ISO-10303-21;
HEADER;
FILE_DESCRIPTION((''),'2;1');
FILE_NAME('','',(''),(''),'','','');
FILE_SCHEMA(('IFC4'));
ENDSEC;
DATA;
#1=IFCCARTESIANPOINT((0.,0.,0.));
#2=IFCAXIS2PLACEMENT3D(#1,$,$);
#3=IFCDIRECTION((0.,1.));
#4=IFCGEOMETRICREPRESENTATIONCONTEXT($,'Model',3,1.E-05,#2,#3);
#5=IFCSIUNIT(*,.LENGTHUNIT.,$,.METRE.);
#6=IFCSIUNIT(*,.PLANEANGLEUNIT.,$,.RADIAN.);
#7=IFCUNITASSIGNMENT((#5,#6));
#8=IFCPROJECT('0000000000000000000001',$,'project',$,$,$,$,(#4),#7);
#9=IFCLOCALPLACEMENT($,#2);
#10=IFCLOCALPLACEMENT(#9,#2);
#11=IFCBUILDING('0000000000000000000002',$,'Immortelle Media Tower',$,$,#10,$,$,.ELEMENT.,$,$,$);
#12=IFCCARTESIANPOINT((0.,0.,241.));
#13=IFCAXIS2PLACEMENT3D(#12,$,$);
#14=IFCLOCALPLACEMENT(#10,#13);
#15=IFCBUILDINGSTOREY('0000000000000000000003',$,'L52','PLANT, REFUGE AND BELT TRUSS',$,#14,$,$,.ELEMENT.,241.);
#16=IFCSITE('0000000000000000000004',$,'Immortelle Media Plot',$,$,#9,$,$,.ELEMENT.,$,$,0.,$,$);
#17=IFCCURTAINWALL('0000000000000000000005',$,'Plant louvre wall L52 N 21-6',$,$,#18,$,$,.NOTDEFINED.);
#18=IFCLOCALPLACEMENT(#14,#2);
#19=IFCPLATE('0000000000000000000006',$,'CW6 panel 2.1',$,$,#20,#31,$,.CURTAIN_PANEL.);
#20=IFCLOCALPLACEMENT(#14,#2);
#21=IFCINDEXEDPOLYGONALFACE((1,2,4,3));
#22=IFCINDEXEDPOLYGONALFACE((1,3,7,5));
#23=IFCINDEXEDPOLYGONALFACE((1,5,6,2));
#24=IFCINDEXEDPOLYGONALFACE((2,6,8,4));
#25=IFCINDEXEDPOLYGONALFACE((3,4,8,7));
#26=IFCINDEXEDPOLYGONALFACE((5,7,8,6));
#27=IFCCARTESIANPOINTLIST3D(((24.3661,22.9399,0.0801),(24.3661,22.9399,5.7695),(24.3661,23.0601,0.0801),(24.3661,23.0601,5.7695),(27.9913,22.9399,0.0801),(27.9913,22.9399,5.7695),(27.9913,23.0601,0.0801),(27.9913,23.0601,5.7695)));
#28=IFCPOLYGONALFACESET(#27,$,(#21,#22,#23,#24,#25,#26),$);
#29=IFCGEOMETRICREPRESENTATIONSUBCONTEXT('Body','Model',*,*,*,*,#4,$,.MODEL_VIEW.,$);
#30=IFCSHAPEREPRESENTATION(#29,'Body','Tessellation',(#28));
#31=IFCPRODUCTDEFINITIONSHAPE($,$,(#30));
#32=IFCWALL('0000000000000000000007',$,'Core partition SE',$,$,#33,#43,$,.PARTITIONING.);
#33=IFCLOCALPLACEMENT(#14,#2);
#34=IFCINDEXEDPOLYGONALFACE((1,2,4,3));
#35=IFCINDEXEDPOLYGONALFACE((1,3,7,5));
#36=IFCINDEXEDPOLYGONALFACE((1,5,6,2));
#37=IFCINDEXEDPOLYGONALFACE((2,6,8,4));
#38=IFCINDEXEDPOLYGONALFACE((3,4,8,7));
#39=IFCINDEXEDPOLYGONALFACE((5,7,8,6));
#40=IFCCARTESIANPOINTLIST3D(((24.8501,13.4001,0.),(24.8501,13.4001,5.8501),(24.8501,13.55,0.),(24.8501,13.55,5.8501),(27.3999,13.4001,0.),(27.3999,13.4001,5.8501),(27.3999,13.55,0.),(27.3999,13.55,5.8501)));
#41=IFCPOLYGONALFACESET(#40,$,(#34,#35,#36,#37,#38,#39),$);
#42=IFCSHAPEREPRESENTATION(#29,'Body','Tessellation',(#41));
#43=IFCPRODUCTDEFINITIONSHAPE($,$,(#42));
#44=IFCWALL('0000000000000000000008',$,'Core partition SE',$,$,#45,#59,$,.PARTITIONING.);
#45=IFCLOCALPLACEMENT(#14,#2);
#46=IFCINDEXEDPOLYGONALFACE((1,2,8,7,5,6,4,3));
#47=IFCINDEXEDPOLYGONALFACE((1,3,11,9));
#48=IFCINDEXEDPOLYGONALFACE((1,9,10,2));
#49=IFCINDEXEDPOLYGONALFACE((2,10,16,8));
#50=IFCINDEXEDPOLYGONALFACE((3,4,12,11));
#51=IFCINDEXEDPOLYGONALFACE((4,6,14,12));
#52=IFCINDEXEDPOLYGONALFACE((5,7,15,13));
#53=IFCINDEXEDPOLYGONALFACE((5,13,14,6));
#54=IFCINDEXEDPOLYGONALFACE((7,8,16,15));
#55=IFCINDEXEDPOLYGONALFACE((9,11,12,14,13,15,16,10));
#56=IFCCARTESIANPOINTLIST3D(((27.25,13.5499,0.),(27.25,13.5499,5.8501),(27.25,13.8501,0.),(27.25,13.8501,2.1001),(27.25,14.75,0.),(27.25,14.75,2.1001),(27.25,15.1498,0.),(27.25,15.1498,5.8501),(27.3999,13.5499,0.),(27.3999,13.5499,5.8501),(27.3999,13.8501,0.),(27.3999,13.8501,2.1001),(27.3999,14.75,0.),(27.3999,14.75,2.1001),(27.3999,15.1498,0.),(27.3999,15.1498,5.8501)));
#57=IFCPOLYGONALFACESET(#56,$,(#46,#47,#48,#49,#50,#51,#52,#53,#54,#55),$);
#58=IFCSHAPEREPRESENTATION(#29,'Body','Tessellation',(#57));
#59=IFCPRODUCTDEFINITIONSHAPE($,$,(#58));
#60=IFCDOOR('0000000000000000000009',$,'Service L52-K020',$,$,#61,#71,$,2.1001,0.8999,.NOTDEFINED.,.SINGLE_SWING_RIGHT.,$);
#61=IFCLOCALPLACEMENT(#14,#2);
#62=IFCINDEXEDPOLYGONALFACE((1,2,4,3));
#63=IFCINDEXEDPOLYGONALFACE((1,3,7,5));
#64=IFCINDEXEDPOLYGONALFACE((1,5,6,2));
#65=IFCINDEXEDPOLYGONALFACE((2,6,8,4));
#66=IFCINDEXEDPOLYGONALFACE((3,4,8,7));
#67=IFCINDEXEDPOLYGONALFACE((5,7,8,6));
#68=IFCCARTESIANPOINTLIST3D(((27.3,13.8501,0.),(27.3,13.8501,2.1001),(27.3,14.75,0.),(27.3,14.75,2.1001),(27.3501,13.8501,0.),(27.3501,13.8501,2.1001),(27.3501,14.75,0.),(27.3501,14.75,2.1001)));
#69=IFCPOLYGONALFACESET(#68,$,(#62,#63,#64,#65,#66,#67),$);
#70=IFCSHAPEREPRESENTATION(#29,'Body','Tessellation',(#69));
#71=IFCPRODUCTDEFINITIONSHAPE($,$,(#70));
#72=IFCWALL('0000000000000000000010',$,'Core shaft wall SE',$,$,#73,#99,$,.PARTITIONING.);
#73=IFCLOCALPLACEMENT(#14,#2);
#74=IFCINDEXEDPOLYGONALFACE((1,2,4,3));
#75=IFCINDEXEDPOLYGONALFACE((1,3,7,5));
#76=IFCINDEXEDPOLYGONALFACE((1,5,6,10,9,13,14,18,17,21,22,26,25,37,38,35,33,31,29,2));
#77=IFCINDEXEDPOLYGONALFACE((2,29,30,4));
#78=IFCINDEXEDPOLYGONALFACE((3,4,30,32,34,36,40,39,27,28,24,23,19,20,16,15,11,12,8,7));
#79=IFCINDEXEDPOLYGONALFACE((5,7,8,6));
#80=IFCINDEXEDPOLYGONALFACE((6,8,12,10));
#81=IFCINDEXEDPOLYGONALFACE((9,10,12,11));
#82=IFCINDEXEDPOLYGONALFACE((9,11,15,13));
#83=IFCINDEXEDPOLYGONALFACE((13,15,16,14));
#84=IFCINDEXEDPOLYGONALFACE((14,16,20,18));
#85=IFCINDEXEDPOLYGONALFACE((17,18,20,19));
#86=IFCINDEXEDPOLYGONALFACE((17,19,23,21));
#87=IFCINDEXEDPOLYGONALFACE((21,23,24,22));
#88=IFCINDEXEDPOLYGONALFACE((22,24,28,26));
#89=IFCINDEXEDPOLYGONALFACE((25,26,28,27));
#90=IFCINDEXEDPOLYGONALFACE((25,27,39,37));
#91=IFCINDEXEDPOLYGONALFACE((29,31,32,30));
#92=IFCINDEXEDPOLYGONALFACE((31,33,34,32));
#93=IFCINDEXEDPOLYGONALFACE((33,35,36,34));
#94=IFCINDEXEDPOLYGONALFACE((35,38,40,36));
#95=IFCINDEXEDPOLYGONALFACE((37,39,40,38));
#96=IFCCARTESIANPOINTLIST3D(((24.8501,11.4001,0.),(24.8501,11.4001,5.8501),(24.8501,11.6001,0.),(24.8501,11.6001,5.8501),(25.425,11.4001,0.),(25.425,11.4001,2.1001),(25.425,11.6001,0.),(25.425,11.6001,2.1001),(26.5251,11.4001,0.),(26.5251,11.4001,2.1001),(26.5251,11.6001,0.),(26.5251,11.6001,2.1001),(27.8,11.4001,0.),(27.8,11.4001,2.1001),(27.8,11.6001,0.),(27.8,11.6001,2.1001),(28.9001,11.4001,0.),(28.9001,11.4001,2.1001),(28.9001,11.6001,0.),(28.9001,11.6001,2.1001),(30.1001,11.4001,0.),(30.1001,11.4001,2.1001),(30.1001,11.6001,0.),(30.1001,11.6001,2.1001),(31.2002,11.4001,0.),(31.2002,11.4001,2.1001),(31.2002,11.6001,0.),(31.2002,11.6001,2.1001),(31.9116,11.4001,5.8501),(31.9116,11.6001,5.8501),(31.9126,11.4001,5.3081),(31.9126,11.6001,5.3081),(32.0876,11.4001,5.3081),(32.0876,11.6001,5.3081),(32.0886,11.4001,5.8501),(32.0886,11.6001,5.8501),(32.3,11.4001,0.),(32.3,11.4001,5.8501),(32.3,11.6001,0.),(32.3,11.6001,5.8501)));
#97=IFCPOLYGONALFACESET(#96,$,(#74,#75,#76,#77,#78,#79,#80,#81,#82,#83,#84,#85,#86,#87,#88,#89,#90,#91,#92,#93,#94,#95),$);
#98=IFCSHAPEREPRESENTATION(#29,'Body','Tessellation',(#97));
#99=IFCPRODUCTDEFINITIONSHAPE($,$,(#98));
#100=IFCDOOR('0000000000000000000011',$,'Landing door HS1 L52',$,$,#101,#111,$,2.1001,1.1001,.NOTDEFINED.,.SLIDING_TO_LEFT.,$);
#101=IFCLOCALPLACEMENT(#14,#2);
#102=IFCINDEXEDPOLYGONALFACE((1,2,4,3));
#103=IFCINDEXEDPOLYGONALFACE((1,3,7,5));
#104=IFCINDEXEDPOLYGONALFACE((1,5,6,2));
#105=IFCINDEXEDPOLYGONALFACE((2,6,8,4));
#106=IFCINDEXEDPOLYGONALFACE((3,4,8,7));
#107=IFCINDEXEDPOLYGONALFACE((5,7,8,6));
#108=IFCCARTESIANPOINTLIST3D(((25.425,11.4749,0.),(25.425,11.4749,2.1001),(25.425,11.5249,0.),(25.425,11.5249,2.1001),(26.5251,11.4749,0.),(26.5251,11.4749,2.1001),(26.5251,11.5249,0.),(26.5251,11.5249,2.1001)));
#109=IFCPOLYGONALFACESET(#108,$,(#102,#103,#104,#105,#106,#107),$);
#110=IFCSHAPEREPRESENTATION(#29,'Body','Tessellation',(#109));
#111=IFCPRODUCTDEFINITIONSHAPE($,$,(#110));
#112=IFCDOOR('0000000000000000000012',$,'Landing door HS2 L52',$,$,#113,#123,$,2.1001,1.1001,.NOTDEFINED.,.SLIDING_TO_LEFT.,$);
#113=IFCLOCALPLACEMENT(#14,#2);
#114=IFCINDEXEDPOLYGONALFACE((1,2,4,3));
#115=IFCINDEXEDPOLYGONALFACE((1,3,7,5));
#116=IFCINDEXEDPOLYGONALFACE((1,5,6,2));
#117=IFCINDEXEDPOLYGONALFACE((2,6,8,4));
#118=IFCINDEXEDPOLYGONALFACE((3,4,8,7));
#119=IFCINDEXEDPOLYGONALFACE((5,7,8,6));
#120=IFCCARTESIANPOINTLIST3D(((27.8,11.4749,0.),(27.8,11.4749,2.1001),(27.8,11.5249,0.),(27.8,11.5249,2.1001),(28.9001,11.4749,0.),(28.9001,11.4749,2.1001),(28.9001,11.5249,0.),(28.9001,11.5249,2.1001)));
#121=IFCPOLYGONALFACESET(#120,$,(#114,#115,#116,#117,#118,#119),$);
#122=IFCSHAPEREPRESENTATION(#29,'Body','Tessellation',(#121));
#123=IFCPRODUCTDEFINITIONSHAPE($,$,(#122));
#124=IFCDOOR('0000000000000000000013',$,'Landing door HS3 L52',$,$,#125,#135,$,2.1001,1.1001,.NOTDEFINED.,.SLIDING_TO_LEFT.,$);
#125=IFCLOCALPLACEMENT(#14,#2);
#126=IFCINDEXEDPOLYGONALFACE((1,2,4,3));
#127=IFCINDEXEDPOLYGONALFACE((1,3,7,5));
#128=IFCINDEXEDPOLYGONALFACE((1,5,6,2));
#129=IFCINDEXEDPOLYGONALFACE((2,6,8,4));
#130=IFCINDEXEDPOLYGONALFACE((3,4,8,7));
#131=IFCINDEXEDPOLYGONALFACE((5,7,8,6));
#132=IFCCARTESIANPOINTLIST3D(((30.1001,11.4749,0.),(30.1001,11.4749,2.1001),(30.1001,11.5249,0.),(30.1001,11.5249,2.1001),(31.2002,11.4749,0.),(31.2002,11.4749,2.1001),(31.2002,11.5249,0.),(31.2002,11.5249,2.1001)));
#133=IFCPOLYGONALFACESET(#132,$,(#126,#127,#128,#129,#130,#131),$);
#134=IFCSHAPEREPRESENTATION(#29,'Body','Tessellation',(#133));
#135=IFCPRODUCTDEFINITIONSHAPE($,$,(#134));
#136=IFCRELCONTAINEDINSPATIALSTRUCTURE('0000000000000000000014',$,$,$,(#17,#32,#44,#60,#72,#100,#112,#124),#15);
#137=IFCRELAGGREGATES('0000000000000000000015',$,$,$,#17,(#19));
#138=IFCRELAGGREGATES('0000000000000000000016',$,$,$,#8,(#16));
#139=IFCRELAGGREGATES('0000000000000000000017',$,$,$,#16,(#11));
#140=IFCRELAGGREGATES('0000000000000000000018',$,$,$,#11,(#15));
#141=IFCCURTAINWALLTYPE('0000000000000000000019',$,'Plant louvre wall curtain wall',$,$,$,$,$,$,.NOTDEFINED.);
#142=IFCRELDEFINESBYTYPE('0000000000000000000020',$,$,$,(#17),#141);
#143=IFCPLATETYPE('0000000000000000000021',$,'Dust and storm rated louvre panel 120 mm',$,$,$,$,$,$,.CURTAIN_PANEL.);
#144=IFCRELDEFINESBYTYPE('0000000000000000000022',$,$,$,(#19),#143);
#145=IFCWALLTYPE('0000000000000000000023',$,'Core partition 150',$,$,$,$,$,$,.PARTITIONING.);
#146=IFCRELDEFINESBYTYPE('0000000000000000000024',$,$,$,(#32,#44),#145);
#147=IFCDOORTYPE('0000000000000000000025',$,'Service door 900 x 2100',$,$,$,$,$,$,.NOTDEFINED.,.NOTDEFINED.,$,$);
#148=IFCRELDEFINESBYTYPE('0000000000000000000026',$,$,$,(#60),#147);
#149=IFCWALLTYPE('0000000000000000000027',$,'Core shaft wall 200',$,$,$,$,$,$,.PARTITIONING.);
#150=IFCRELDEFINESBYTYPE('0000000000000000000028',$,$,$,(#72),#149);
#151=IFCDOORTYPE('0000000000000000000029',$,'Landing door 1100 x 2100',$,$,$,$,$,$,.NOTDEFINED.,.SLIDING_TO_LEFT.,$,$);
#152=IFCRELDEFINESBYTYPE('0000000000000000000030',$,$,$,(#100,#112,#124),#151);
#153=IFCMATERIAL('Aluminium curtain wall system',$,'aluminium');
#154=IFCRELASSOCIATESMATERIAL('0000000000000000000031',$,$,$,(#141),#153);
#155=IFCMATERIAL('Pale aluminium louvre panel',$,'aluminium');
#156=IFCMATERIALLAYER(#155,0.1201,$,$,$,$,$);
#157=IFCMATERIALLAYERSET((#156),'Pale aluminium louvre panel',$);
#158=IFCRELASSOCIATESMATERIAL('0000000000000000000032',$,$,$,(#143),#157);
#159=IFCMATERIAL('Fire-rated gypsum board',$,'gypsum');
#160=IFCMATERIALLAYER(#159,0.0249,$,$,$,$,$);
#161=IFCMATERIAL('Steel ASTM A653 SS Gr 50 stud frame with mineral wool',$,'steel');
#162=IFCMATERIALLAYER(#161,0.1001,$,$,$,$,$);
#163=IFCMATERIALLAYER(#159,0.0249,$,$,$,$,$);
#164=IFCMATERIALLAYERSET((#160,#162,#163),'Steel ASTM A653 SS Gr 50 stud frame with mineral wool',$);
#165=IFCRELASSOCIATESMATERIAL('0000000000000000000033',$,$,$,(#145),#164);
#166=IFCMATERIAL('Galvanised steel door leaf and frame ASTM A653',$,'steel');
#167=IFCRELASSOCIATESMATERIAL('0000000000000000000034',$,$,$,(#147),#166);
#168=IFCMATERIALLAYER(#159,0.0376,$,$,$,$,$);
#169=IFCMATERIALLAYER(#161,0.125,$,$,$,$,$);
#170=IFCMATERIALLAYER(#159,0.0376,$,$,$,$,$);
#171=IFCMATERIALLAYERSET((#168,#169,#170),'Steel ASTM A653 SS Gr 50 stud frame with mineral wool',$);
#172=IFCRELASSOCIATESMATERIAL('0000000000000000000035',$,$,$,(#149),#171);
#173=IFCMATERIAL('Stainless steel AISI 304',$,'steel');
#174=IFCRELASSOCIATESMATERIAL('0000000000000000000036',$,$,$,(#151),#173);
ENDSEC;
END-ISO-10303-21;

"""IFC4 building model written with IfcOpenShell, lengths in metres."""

from ifc_helpers import new_model, si_unit, direction, frame, frame_2d, origin, origin_2d, place, context, subcontext, project, spatial, polyline, rectangle, outline, extrude, material, layer, layer_set, type_object, element, fill, aggregate, save


model = new_model("IFC4")

# Units and contexts
model_context = context("Model", 3, precision=1e-05, world=origin(), true_north=direction((0.0, 1.0)))
body_context = subcontext(model_context, "Body", "Model", "MODEL_VIEW")
ifc_project = project(units=[si_unit("LENGTHUNIT", "METRE"), si_unit("PLANEANGLEUNIT", "RADIAN")], contexts=[model_context])

# Site, building, storey
site_placement = place(None, origin())
site = spatial("IfcSite", under=ifc_project, at=site_placement, Name="Immortelle Media Plot", CompositionType="ELEMENT", RefElevation=0.0)
building_placement = place(site_placement, origin())
building = spatial("IfcBuilding", under=site, at=building_placement, Name="Immortelle Media Tower", CompositionType="ELEMENT")
storey_placement = place(building_placement, frame((0.0, 0.0, 241.0)))
storey = spatial("IfcBuildingStorey", under=building, at=storey_placement, Name="L52", Description="PLANT, REFUGE AND BELT TRUSS", CompositionType="ELEMENT", Elevation=241.0)

# Curtain wall
ifc_material_1 = material(Name="Aluminium curtain wall system", Category="aluminium")
curtain_wall_type = type_object("IfcCurtainWallType", Name="Plant louvre wall curtain wall", PredefinedType="NOTDEFINED", material=ifc_material_1)
curtain_wall_placement = place(storey_placement, origin())
curtain_wall = element("IfcCurtainWall", 1, at=curtain_wall_placement, inside=storey, type_object=curtain_wall_type, Name="Plant louvre wall L52 N 21-6", PredefinedType="NOTDEFINED")

# Plate
ifc_material_2 = material(Name="Pale aluminium louvre panel", Category="aluminium")
ifc_layer_1 = layer(ifc_material_2, 0.1201)
ifc_layer_set_1 = layer_set([ifc_layer_1], Name="Pale aluminium louvre panel")
plate_type = type_object("IfcPlateType", Name="Dust and storm rated louvre panel 120 mm", PredefinedType="CURTAIN_PANEL", material=ifc_layer_set_1)
plate_placement = place(storey_placement, frame((26.1787, 23.0, 0.0801), z_axis=(0.0, 0.0, 1.0), x_axis=(-1.0, 0.0, 0.0)))
plate = element("IfcPlate", 2, at=plate_placement, type_object=plate_type, Name="CW6 panel 2.1", PredefinedType="CURTAIN_PANEL", context=body_context, shape_type="SweptSolid", body=[
    extrude(rectangle(XDim=3.6252, YDim=0.1201, at=origin_2d()), origin(), (0.0, 0.0, 1.0), 5.6895),
])
aggregate(curtain_wall, [plate])

# Wall
ifc_material_3 = material(Name="Fire-rated gypsum board", Category="gypsum")
ifc_layer_2 = layer(ifc_material_3, 0.0249)
ifc_material_4 = material(Name="Steel ASTM A653 SS Gr 50 stud frame with mineral wool", Category="steel")
ifc_layer_3 = layer(ifc_material_4, 0.1001)
ifc_layer_4 = layer(ifc_material_3, 0.0249)
ifc_layer_set_2 = layer_set([ifc_layer_2, ifc_layer_3, ifc_layer_4], Name="Steel ASTM A653 SS Gr 50 stud frame with mineral wool")
wall_type_1 = type_object("IfcWallType", Name="Core partition 150", PredefinedType="PARTITIONING", material=ifc_layer_set_2)
wall_1_placement = place(storey_placement, frame((24.8501, 13.4751, 0.0), z_axis=(0.0, 0.0, 1.0), x_axis=(1.0, 0.0, 0.0)))
element("IfcWall", 3, at=wall_1_placement, inside=storey, type_object=wall_type_1, Name="Core partition SE", PredefinedType="PARTITIONING", context=body_context, shape_type="SweptSolid", body=[
    extrude(rectangle(XDim=2.5498, YDim=0.1499, at=frame_2d((1.2749, 0.0))), origin(), (0.0, 0.0, 1.0), 5.8501),
])

# Wall, opening, door
wall_2_placement = place(storey_placement, frame((27.325, 13.55, 0.0), z_axis=(0.0, 0.0, 1.0), x_axis=(0.0, 1.0, 0.0)))
wall_2 = element("IfcWall", 4, at=wall_2_placement, inside=storey, type_object=wall_type_1, Name="Core partition SE", PredefinedType="PARTITIONING", context=body_context, shape_type="SweptSolid", body=[
    extrude(rectangle(XDim=1.5999, YDim=0.1499, at=frame_2d((0.7998, 0.0))), origin(), (0.0, 0.0, 1.0), 5.8501),
])
opening_1_placement = place(wall_2_placement, frame((0.3, 0.0, 0.0)))
opening_1 = element("IfcOpeningElement", 5, at=opening_1_placement, cuts=wall_2, PredefinedType="OPENING", context=body_context, shape_type="SweptSolid", body=[
    extrude(rectangle(XDim=0.8999, YDim=2.1001, at=frame_2d((0.45, 1.05))), frame((0.0, 0.085, 0.0), z_axis=(0.0, -1.0, 0.0), x_axis=(1.0, 0.0, 0.0)), (0.0, 0.0, 1.0), 0.1699),
])
ifc_material_5 = material(Name="Galvanised steel door leaf and frame ASTM A653", Category="steel")
door_type_1 = type_object("IfcDoorType", Name="Service door 900 x 2100", OperationType="NOTDEFINED", PredefinedType="NOTDEFINED", material=ifc_material_5)
door_1_placement = place(opening_1_placement, origin())
door_1 = element("IfcDoor", 6, at=door_1_placement, inside=storey, type_object=door_type_1, Name="Service L52-K020", OperationType="SINGLE_SWING_RIGHT", OverallHeight=2.1001, OverallWidth=0.8999, PredefinedType="NOTDEFINED", context=body_context, shape_type="SweptSolid", body=[
    extrude(rectangle(XDim=0.8999, YDim=2.1001, at=frame_2d((0.45, 1.05))), frame((0.0, 0.0249, 0.0), z_axis=(0.0, -1.0, 0.0), x_axis=(1.0, 0.0, 0.0)), (0.0, 0.0, 1.0), 0.05),
])
fill(opening_1, door_1)

# Wall, openings, doors
ifc_layer_5 = layer(ifc_material_3, 0.0376)
ifc_layer_6 = layer(ifc_material_4, 0.125)
ifc_layer_7 = layer(ifc_material_3, 0.0376)
ifc_layer_set_3 = layer_set([ifc_layer_5, ifc_layer_6, ifc_layer_7], Name="Steel ASTM A653 SS Gr 50 stud frame with mineral wool")
wall_type_2 = type_object("IfcWallType", Name="Core shaft wall 200", PredefinedType="PARTITIONING", material=ifc_layer_set_3)
wall_3_placement = place(storey_placement, frame((24.8501, 11.5, 0.0), z_axis=(0.0, 0.0, 1.0), x_axis=(1.0, 0.0, 0.0)))
wall_3 = element("IfcWall", 7, at=wall_3_placement, inside=storey, type_object=wall_type_2, Name="Core shaft wall SE", PredefinedType="PARTITIONING", context=body_context, shape_type="SweptSolid", body=[
    extrude(outline(polyline([(0.0, 0.0), (7.45, 0.0), (7.45, 5.8501), (7.2385, 5.8501), (7.2375, 5.3081), (7.0625, 5.3081), (7.0615, 5.8501), (0.0, 5.8501), (0.0, 0.0)])), frame((0.0, 0.1001, 0.0), z_axis=(0.0, -1.0, 0.0), x_axis=(1.0, 0.0, 0.0)), (0.0, 0.0, 1.0), 0.2),
])
opening_2_placement = place(wall_3_placement, frame((0.575, 0.0, 0.0)))
opening_2 = element("IfcOpeningElement", 8, at=opening_2_placement, cuts=wall_3, PredefinedType="OPENING", context=body_context, shape_type="SweptSolid", body=[
    extrude(rectangle(XDim=1.1001, YDim=2.1001, at=frame_2d((0.55, 1.05))), frame((0.0, 0.1099, 0.0), z_axis=(0.0, -1.0, 0.0), x_axis=(1.0, 0.0, 0.0)), (0.0, 0.0, 1.0), 0.22),
])
opening_3_placement = place(wall_3_placement, frame((2.95, 0.0, 0.0)))
opening_3 = element("IfcOpeningElement", 9, at=opening_3_placement, cuts=wall_3, PredefinedType="OPENING", context=body_context, shape_type="SweptSolid", body=[
    extrude(rectangle(XDim=1.1001, YDim=2.1001, at=frame_2d((0.55, 1.05))), frame((0.0, 0.1099, 0.0), z_axis=(0.0, -1.0, 0.0), x_axis=(1.0, 0.0, 0.0)), (0.0, 0.0, 1.0), 0.22),
])
opening_4_placement = place(wall_3_placement, frame((5.25, 0.0, 0.0)))
opening_4 = element("IfcOpeningElement", 10, at=opening_4_placement, cuts=wall_3, PredefinedType="OPENING", context=body_context, shape_type="SweptSolid", body=[
    extrude(rectangle(XDim=1.1001, YDim=2.1001, at=frame_2d((0.55, 1.05))), frame((0.0, 0.1099, 0.0), z_axis=(0.0, -1.0, 0.0), x_axis=(1.0, 0.0, 0.0)), (0.0, 0.0, 1.0), 0.22),
])
ifc_material_6 = material(Name="Stainless steel AISI 304", Category="steel")
door_type_2 = type_object("IfcDoorType", Name="Landing door 1100 x 2100", OperationType="SLIDING_TO_LEFT", PredefinedType="NOTDEFINED", material=ifc_material_6)
door_2_placement = place(opening_2_placement, origin())
door_2 = element("IfcDoor", 11, at=door_2_placement, inside=storey, type_object=door_type_2, Name="Landing door HS1 L52", OperationType="SLIDING_TO_LEFT", OverallHeight=2.1001, OverallWidth=1.1001, PredefinedType="NOTDEFINED", context=body_context, shape_type="SweptSolid", body=[
    extrude(rectangle(XDim=1.1001, YDim=2.1001, at=frame_2d((0.55, 1.05))), frame((0.0, 0.0249, 0.0), z_axis=(0.0, -1.0, 0.0), x_axis=(1.0, 0.0, 0.0)), (0.0, 0.0, 1.0), 0.05),
])
fill(opening_2, door_2)
door_3_placement = place(opening_3_placement, origin())
door_3 = element("IfcDoor", 12, at=door_3_placement, inside=storey, type_object=door_type_2, Name="Landing door HS2 L52", OperationType="SLIDING_TO_LEFT", OverallHeight=2.1001, OverallWidth=1.1001, PredefinedType="NOTDEFINED", context=body_context, shape_type="SweptSolid", body=[
    extrude(rectangle(XDim=1.1001, YDim=2.1001, at=frame_2d((0.55, 1.05))), frame((0.0, 0.0249, 0.0), z_axis=(0.0, -1.0, 0.0), x_axis=(1.0, 0.0, 0.0)), (0.0, 0.0, 1.0), 0.05),
])
fill(opening_3, door_3)
door_4_placement = place(opening_4_placement, origin())
door_4 = element("IfcDoor", 13, at=door_4_placement, inside=storey, type_object=door_type_2, Name="Landing door HS3 L52", OperationType="SLIDING_TO_LEFT", OverallHeight=2.1001, OverallWidth=1.1001, PredefinedType="NOTDEFINED", context=body_context, shape_type="SweptSolid", body=[
    extrude(rectangle(XDim=1.1001, YDim=2.1001, at=frame_2d((0.55, 1.05))), frame((0.0, 0.0249, 0.0), z_axis=(0.0, -1.0, 0.0), x_axis=(1.0, 0.0, 0.0)), (0.0, 0.0, 1.0), 0.05),
])
fill(opening_4, door_4)

save(model, "model.ifc")
